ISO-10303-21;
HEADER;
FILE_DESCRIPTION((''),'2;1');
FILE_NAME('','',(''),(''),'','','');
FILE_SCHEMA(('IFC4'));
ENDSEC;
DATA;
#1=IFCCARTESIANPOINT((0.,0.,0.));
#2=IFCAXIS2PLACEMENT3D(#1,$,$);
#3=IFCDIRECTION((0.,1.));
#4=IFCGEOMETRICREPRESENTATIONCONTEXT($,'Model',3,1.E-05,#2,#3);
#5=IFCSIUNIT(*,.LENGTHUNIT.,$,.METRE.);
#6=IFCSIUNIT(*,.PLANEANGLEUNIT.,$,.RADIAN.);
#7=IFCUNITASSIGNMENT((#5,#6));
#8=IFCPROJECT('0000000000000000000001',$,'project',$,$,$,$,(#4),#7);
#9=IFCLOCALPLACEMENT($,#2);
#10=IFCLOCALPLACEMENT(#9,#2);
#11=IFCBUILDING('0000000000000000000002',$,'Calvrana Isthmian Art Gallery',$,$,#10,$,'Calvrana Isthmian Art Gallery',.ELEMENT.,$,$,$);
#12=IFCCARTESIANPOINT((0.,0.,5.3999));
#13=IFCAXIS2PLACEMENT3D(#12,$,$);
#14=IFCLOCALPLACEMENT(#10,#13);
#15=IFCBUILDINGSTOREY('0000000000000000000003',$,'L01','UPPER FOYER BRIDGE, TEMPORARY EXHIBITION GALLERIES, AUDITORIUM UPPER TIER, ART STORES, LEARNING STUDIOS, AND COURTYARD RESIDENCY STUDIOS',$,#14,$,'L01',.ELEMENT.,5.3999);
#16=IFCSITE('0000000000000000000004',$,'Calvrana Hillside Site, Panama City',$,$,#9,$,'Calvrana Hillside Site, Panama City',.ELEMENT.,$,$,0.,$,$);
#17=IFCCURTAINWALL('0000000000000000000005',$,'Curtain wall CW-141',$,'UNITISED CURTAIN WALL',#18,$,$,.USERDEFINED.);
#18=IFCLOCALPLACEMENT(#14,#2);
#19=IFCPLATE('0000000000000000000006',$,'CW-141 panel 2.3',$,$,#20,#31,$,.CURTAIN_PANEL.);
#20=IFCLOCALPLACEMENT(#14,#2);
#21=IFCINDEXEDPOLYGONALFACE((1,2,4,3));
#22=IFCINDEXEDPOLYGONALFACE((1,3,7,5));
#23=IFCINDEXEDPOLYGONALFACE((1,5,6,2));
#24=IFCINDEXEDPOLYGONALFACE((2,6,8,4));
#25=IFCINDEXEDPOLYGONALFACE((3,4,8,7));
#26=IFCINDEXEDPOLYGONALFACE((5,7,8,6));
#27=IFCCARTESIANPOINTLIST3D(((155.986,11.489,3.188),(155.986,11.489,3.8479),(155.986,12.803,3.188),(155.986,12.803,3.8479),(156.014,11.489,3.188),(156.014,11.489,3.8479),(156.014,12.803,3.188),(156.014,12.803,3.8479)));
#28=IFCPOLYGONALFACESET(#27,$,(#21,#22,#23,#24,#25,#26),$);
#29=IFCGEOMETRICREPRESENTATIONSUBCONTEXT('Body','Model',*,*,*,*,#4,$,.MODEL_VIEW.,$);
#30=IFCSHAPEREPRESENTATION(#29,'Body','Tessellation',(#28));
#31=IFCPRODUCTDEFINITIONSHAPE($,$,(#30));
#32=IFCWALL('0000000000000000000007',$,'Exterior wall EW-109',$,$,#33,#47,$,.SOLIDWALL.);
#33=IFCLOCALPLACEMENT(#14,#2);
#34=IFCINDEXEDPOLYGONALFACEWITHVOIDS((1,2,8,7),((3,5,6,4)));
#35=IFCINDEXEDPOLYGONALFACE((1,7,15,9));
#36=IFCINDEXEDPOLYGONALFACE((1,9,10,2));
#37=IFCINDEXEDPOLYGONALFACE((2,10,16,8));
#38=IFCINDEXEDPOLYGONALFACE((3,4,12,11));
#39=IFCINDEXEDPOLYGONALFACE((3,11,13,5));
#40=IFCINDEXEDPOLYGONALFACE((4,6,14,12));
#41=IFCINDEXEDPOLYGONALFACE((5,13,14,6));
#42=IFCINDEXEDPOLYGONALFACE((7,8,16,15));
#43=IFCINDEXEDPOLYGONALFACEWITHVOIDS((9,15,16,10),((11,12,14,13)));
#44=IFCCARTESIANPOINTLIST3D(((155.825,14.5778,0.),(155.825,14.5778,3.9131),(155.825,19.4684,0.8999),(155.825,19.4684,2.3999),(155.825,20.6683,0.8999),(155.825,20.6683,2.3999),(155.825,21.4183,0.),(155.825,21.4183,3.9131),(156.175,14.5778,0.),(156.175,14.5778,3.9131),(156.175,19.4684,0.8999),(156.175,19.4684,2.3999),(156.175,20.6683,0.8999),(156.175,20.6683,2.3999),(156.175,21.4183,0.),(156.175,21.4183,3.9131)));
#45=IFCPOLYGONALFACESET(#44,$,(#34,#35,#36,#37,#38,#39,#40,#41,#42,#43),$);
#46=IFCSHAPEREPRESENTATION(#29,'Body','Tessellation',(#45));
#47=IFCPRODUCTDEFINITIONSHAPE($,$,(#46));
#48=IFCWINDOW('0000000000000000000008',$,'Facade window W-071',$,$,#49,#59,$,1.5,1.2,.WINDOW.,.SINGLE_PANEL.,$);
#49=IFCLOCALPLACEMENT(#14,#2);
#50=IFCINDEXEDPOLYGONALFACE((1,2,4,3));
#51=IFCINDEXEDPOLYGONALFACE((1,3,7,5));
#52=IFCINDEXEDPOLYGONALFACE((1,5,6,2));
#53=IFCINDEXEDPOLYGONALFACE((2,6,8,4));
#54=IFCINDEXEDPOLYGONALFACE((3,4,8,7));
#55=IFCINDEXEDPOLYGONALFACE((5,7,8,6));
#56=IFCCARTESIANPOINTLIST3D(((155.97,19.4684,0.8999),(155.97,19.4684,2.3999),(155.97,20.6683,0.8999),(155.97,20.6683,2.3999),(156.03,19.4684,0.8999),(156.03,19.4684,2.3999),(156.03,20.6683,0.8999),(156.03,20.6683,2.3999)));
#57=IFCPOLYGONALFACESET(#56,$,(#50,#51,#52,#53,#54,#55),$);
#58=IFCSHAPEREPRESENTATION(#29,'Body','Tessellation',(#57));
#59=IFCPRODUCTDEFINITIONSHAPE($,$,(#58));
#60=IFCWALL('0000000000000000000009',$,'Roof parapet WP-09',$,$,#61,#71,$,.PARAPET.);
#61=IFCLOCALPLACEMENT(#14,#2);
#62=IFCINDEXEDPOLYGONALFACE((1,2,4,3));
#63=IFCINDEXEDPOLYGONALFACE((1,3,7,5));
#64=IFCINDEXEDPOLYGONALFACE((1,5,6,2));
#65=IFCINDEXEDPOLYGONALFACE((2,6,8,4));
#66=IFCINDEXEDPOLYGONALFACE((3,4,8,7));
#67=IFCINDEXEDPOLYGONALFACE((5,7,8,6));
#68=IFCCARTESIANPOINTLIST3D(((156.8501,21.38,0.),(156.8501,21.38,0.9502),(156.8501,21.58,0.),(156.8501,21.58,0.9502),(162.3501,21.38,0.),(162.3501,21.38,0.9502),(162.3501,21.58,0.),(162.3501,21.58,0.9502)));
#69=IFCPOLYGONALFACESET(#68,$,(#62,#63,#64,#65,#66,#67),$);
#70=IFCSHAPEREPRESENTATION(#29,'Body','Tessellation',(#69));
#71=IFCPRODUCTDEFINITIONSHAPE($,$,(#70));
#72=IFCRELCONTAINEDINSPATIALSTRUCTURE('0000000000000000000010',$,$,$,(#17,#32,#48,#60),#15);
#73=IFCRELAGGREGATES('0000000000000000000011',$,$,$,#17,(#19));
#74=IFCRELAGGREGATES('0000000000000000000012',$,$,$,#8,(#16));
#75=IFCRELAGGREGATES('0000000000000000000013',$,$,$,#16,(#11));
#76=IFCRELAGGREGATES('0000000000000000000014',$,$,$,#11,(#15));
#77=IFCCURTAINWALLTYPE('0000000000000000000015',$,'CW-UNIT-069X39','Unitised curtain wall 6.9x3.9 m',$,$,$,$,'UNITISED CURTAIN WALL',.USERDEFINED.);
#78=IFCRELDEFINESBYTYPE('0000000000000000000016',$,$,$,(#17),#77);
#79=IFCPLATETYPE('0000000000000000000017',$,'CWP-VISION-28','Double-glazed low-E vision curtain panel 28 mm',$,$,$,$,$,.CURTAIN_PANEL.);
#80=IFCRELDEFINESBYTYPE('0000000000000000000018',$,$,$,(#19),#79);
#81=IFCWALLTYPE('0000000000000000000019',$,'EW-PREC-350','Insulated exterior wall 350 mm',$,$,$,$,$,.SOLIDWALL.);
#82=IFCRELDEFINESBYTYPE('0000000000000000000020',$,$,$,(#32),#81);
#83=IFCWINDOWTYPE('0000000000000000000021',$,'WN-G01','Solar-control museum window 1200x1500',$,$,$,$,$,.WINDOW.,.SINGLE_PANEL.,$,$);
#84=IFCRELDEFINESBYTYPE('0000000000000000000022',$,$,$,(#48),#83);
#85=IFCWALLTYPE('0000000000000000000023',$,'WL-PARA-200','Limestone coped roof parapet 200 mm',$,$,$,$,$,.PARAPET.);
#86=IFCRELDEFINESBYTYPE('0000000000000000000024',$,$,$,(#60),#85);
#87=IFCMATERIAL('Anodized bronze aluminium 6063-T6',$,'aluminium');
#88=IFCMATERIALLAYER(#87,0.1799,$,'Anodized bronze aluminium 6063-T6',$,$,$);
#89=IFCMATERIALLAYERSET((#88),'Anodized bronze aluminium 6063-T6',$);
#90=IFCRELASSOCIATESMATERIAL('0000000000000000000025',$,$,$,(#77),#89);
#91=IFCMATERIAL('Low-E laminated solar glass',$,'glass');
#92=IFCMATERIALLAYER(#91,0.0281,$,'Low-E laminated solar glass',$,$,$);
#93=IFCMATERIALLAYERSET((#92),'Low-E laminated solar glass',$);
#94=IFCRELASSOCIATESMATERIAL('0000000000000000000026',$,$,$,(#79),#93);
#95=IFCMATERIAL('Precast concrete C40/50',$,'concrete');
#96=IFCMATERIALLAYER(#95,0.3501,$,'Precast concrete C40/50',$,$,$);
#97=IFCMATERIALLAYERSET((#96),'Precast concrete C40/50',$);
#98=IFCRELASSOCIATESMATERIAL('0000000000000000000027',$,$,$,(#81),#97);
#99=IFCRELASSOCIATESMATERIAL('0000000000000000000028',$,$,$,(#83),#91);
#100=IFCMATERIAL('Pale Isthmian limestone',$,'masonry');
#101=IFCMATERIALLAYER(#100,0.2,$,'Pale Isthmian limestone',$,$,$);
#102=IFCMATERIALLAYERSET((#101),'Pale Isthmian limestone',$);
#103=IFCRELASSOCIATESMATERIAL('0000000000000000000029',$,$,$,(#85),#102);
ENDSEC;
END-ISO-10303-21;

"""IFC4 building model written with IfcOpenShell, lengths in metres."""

from ifc_helpers import new_model, si_unit, direction, frame, frame_2d, origin, origin_2d, place, context, subcontext, project, spatial, rectangle, extrude, material, layer, layer_set, type_object, element, fill, aggregate, save


model = new_model("IFC4")

# Units and contexts
model_context = context("Model", 3, precision=1e-05, world=origin(), true_north=direction((0.0, 1.0)))
body_context = subcontext(model_context, "Body", "Model", "MODEL_VIEW")
ifc_project = project(units=[si_unit("LENGTHUNIT", "METRE"), si_unit("PLANEANGLEUNIT", "RADIAN")], contexts=[model_context])

# Site, building, storey
site_placement = place(None, origin())
site = spatial("IfcSite", under=ifc_project, at=site_placement, Name="Calvrana Hillside Site, Panama City", LongName="Calvrana Hillside Site, Panama City", CompositionType="ELEMENT", RefElevation=0.0)
building_placement = place(site_placement, origin())
building = spatial("IfcBuilding", under=site, at=building_placement, Name="Calvrana Isthmian Art Gallery", LongName="Calvrana Isthmian Art Gallery", CompositionType="ELEMENT")
storey_placement = place(building_placement, frame((0.0, 0.0, 5.3999)))
storey = spatial("IfcBuildingStorey", under=building, at=storey_placement, Name="L01", Description="UPPER FOYER BRIDGE, TEMPORARY EXHIBITION GALLERIES, AUDITORIUM UPPER TIER, ART STORES, LEARNING STUDIOS, AND COURTYARD RESIDENCY STUDIOS", LongName="L01", CompositionType="ELEMENT", Elevation=5.3999)

# Curtain wall, plate
ifc_material_1 = material(Name="Anodized bronze aluminium 6063-T6", Category="aluminium")
ifc_layer_1 = layer(ifc_material_1, 0.1799, Name="Anodized bronze aluminium 6063-T6")
ifc_layer_set_1 = layer_set([ifc_layer_1], Name="Anodized bronze aluminium 6063-T6")
curtain_wall_type = type_object("IfcCurtainWallType", Name="CW-UNIT-069X39", Description="Unitised curtain wall 6.9x3.9 m", ElementType="UNITISED CURTAIN WALL", PredefinedType="USERDEFINED", material=ifc_layer_set_1)
curtain_wall_placement = place(storey_placement, origin())
curtain_wall = element("IfcCurtainWall", 1, at=curtain_wall_placement, inside=storey, type_object=curtain_wall_type, Name="Curtain wall CW-141", ObjectType="UNITISED CURTAIN WALL", PredefinedType="USERDEFINED")
ifc_material_2 = material(Name="Low-E laminated solar glass", Category="glass")
ifc_layer_2 = layer(ifc_material_2, 0.0281, Name="Low-E laminated solar glass")
ifc_layer_set_2 = layer_set([ifc_layer_2], Name="Low-E laminated solar glass")
plate_type = type_object("IfcPlateType", Name="CWP-VISION-28", Description="Double-glazed low-E vision curtain panel 28 mm", PredefinedType="CURTAIN_PANEL", material=ifc_layer_set_2)
plate_1_placement = place(storey_placement, frame((156.0, 12.146, 3.188), z_axis=(0.0, 0.0, 1.0), x_axis=(0.0, -1.0, 0.0)))
plate_1 = element("IfcPlate", 2, at=plate_1_placement, type_object=plate_type, Name="CW-141 panel 2.3", PredefinedType="CURTAIN_PANEL", context=body_context, shape_type="SweptSolid", body=[
    extrude(rectangle(XDim=1.314, YDim=0.0281, at=origin_2d()), origin(), (0.0, 0.0, 1.0), 0.6599),
])
aggregate(curtain_wall, [plate_1])

# Wall, opening, window
ifc_material_3 = material(Name="Precast concrete C40/50", Category="concrete")
ifc_layer_3 = layer(ifc_material_3, 0.3501, Name="Precast concrete C40/50")
ifc_layer_set_3 = layer_set([ifc_layer_3], Name="Precast concrete C40/50")
wall_type_1 = type_object("IfcWallType", Name="EW-PREC-350", Description="Insulated exterior wall 350 mm", PredefinedType="SOLIDWALL", material=ifc_layer_set_3)
wall_1_placement = place(storey_placement, frame((156.0, 21.4185, 0.0), z_axis=(0.0, 0.0, 1.0), x_axis=(0.0, -1.0, 0.0)))
wall_1 = element("IfcWall", 3, at=wall_1_placement, inside=storey, type_object=wall_type_1, Name="Exterior wall EW-109", PredefinedType="SOLIDWALL", context=body_context, shape_type="SweptSolid", body=[
    extrude(rectangle(XDim=6.8406, YDim=0.3501, at=frame_2d((3.4204, 0.0))), origin(), (0.0, 0.0, 1.0), 3.9131),
])
opening_placement = place(wall_1_placement, frame((0.75, 0.0, 0.8999)))
opening = element("IfcOpeningElement", 4, at=opening_placement, cuts=wall_1, PredefinedType="OPENING", context=body_context, shape_type="SweptSolid", body=[
    extrude(rectangle(XDim=1.2, YDim=1.5, at=frame_2d((0.6001, 0.75))), frame((0.0, 0.1853, 0.0), z_axis=(0.0, -1.0, 0.0), x_axis=(1.0, 0.0, 0.0)), (0.0, 0.0, 1.0), 0.3706),
])
window_type = type_object("IfcWindowType", Name="WN-G01", Description="Solar-control museum window 1200x1500", PartitioningType="SINGLE_PANEL", PredefinedType="WINDOW", material=ifc_material_2)
window_placement = place(opening_placement, origin())
window = element("IfcWindow", 5, at=window_placement, inside=storey, type_object=window_type, Name="Facade window W-071", OverallHeight=1.5, OverallWidth=1.2, PartitioningType="SINGLE_PANEL", PredefinedType="WINDOW", context=body_context, shape_type="SweptSolid", body=[
    extrude(rectangle(XDim=1.2, YDim=1.5, at=frame_2d((0.6001, 0.75))), frame((0.0, 0.03, 0.0), z_axis=(0.0, -1.0, 0.0), x_axis=(1.0, 0.0, 0.0)), (0.0, 0.0, 1.0), 0.0601),
])
fill(opening, window)

# Wall
ifc_material_4 = material(Name="Pale Isthmian limestone", Category="masonry")
ifc_layer_4 = layer(ifc_material_4, 0.2, Name="Pale Isthmian limestone")
ifc_layer_set_4 = layer_set([ifc_layer_4], Name="Pale Isthmian limestone")
wall_type_2 = type_object("IfcWallType", Name="WL-PARA-200", Description="Limestone coped roof parapet 200 mm", PredefinedType="PARAPET", material=ifc_layer_set_4)
wall_2_placement = place(storey_placement, frame((156.8501, 21.48, 0.0), z_axis=(0.0, 0.0, 1.0), x_axis=(1.0, 0.0, 0.0)))
element("IfcWall", 6, at=wall_2_placement, inside=storey, type_object=wall_type_2, Name="Roof parapet WP-09", PredefinedType="PARAPET", context=body_context, shape_type="SweptSolid", body=[
    extrude(rectangle(XDim=5.5, YDim=0.2, at=frame_2d((2.75, 0.0))), origin(), (0.0, 0.0, 1.0), 0.9502),
])

save(model, "model.ifc")
